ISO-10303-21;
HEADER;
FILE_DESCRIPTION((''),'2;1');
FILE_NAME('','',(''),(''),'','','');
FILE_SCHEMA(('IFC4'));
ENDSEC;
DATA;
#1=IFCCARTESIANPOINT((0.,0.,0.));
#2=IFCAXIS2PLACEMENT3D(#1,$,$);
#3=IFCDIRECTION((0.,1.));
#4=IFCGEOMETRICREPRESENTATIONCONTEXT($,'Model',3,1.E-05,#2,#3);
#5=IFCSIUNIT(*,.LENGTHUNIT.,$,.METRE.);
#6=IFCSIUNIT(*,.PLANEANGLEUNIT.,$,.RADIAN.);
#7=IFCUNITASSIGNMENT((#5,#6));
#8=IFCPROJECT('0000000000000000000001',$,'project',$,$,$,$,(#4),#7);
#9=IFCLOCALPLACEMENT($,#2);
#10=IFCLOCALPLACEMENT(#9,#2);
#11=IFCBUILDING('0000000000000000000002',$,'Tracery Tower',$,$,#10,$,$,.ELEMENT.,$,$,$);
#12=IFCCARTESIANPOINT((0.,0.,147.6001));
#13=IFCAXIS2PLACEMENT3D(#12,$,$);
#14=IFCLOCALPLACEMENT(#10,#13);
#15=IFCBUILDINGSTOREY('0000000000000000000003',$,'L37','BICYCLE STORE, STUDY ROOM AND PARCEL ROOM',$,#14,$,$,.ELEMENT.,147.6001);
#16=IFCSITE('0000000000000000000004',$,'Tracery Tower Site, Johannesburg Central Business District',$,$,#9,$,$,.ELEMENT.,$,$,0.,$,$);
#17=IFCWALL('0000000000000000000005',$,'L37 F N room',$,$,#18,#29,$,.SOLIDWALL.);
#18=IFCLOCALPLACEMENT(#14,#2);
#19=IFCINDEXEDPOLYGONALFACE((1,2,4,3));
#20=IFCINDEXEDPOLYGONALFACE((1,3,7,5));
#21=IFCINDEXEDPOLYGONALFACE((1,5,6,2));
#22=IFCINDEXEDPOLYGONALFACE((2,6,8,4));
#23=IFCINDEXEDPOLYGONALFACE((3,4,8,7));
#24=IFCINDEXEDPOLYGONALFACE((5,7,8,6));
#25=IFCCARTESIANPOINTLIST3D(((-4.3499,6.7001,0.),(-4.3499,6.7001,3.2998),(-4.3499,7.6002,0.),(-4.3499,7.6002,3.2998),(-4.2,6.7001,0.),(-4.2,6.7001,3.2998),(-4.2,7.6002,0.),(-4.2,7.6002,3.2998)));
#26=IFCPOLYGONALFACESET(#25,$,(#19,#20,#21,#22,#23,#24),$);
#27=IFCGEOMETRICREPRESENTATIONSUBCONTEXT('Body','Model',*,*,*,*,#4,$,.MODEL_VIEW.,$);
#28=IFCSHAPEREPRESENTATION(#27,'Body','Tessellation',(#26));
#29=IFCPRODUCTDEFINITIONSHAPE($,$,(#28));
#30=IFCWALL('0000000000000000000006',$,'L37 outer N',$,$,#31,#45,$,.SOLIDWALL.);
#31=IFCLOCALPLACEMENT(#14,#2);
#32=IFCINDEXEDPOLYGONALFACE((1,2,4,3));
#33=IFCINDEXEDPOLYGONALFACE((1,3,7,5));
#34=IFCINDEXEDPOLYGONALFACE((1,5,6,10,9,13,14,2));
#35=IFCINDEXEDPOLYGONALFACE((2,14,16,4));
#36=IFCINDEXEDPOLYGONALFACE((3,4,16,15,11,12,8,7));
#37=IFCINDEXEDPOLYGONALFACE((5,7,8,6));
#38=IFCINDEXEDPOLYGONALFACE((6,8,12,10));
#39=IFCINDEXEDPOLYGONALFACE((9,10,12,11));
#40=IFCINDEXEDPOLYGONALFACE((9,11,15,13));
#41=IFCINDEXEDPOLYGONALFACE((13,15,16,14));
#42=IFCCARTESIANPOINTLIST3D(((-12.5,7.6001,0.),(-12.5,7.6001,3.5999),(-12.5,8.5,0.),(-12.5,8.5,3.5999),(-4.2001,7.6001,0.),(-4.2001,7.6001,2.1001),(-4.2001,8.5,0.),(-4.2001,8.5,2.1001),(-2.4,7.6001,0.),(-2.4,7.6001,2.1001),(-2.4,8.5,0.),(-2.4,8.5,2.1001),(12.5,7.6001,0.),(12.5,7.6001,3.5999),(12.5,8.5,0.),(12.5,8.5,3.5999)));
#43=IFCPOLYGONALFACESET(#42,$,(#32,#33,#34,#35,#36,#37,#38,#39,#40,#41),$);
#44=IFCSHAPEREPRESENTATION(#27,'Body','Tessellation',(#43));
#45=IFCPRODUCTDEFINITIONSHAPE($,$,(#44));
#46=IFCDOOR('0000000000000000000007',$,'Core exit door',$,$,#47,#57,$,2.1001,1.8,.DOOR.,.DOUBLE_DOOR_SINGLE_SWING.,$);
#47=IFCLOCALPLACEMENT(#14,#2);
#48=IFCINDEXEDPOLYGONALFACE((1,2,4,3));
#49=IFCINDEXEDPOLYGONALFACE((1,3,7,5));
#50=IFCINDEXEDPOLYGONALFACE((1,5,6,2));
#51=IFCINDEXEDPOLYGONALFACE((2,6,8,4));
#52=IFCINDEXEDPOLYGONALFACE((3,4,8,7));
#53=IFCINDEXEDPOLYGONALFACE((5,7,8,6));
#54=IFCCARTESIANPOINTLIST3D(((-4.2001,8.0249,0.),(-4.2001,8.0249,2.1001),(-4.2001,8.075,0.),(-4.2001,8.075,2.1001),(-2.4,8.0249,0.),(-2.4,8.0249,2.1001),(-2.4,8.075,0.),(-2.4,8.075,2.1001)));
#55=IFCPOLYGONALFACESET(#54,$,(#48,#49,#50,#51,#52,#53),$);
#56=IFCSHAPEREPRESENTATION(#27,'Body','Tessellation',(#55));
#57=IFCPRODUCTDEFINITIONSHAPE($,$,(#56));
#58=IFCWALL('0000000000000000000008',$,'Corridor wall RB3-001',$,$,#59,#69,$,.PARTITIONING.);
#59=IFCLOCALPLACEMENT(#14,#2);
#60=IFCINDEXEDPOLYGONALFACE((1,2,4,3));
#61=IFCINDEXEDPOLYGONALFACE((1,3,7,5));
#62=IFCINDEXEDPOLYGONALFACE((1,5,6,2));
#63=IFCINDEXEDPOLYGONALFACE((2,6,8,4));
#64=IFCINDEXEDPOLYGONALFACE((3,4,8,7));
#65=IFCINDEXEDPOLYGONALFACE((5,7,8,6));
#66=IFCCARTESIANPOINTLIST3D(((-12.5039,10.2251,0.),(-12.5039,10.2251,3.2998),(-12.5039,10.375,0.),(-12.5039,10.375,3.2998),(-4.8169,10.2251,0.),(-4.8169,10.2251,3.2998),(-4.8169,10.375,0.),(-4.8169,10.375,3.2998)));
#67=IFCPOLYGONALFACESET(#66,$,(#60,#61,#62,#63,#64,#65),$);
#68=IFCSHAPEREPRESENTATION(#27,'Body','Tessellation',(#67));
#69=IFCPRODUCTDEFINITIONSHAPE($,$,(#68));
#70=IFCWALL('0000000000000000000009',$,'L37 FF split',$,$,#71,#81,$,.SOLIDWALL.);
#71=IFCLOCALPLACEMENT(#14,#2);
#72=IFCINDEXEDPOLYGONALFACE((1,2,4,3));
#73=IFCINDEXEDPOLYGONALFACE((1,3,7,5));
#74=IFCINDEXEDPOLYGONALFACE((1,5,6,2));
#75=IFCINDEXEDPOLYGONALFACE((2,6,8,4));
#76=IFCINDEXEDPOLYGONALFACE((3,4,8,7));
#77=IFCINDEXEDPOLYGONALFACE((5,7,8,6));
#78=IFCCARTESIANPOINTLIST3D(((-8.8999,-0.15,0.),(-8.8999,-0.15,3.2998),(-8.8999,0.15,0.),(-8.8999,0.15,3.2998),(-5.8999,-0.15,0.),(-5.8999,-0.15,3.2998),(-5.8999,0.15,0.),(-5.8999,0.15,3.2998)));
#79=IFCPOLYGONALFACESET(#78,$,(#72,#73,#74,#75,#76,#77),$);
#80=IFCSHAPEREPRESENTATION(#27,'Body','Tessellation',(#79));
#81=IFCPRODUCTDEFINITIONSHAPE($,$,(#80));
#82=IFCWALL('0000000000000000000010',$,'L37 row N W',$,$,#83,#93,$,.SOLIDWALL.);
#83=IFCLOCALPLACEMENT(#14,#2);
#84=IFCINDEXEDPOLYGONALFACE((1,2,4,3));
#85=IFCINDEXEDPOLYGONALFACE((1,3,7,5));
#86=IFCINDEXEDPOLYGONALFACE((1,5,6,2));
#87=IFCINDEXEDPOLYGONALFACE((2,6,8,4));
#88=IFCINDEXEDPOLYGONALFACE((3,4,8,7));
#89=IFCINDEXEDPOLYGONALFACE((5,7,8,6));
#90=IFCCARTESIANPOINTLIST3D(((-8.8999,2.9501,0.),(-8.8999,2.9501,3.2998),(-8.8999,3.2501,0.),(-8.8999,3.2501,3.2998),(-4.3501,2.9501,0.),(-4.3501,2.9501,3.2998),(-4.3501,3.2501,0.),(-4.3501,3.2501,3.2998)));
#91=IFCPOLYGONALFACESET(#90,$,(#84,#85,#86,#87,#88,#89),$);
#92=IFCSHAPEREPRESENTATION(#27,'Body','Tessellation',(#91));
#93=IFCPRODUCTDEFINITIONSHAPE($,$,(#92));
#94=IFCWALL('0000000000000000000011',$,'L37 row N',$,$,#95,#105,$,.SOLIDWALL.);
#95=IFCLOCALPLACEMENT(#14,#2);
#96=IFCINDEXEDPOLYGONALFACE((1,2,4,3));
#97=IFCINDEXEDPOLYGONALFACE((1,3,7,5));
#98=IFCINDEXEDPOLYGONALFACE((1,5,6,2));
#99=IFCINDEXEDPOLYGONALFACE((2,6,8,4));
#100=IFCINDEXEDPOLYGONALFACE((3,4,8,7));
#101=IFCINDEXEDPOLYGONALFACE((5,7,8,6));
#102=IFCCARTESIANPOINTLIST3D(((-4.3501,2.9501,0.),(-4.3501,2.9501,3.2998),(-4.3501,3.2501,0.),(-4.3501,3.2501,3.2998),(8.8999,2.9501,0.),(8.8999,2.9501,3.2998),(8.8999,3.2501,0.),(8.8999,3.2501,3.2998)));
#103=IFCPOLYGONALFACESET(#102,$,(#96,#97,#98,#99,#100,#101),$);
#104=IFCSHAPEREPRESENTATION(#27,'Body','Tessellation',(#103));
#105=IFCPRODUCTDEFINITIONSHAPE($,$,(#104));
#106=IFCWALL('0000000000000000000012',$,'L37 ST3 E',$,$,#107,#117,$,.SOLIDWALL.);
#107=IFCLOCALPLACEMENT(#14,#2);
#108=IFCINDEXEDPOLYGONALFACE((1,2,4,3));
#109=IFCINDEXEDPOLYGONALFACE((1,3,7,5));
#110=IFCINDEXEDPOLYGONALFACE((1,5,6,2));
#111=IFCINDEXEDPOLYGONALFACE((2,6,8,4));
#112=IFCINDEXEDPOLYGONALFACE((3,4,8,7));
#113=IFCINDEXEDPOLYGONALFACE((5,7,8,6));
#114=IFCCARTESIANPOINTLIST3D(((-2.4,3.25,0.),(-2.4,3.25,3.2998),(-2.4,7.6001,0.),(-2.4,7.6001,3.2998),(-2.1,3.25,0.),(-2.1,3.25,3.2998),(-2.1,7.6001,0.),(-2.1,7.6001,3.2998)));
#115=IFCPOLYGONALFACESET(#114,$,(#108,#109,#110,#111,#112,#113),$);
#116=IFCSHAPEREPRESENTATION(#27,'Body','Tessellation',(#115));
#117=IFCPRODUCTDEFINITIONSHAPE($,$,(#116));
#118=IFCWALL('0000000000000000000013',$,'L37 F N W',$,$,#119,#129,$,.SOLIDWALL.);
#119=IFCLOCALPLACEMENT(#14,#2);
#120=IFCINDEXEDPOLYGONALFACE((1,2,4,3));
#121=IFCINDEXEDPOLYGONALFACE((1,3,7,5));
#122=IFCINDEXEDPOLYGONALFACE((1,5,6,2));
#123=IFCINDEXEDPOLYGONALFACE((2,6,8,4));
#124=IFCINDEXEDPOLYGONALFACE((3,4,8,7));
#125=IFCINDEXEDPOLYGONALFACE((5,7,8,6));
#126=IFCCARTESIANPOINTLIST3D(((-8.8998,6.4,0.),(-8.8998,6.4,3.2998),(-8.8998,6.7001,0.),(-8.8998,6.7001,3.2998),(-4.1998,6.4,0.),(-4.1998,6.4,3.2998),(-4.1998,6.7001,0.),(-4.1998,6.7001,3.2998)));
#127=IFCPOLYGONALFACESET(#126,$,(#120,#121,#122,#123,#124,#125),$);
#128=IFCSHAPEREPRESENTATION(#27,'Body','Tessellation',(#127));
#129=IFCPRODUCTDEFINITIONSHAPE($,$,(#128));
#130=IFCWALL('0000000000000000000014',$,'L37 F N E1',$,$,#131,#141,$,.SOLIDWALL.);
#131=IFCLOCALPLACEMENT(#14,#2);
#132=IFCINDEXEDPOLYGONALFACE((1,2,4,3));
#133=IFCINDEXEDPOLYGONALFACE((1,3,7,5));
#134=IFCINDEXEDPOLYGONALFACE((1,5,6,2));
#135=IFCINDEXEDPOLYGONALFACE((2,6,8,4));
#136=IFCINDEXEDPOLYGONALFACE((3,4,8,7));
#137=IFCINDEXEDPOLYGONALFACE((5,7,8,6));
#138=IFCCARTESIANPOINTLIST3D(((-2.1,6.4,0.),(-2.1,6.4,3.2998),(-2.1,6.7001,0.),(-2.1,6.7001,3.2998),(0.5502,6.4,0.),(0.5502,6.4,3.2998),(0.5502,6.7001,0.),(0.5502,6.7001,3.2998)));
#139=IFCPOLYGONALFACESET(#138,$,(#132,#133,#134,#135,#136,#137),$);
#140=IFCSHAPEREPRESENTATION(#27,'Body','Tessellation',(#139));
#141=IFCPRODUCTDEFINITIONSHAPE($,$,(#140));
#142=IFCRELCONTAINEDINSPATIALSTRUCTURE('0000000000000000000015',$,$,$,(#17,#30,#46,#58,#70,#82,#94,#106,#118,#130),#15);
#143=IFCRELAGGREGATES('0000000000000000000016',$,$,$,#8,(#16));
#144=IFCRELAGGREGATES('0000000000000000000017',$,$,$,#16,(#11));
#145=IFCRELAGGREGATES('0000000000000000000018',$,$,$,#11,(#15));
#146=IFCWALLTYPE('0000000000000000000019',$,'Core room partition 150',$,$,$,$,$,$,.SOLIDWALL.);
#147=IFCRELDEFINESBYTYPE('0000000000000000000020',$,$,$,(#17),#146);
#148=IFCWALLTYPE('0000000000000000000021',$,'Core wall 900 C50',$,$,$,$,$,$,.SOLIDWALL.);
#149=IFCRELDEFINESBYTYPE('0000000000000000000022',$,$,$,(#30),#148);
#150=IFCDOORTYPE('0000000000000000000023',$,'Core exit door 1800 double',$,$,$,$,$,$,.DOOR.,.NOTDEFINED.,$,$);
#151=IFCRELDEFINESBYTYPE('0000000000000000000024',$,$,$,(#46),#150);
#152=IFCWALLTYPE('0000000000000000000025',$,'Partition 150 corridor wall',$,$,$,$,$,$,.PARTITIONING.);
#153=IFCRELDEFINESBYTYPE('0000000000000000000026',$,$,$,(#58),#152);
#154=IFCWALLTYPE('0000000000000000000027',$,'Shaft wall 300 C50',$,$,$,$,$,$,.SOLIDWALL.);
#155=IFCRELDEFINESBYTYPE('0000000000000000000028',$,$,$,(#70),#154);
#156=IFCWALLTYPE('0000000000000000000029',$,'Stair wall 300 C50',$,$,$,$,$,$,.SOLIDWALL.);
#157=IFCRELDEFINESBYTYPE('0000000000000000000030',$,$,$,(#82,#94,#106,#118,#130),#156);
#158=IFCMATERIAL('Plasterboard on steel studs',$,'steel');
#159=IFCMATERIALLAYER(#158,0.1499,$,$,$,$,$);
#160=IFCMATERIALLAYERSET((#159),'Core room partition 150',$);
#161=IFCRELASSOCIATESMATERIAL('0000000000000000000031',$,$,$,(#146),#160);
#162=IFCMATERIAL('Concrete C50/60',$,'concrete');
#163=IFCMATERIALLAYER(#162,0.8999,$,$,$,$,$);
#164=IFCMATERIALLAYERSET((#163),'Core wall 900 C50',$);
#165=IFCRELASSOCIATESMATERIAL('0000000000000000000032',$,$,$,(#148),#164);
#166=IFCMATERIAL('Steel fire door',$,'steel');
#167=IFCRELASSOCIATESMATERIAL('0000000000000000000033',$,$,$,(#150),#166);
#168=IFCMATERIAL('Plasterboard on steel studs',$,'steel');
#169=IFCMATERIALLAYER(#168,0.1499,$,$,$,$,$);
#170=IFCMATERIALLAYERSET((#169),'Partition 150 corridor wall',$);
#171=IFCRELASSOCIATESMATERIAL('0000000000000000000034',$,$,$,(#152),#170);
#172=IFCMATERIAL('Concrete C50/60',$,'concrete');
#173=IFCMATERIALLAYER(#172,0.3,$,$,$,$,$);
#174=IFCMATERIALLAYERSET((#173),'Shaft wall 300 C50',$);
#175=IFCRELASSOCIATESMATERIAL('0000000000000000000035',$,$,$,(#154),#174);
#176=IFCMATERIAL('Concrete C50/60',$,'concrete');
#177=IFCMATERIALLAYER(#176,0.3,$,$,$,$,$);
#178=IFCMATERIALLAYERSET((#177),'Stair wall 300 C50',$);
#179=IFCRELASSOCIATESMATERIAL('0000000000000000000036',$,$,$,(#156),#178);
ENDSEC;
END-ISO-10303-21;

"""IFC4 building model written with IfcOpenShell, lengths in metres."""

from ifc_helpers import new_model, si_unit, direction, frame, frame_2d, origin, place, context, subcontext, project, spatial, rectangle, extrude, material, layer, layer_set, type_object, element, fill, save


model = new_model("IFC4")

# Units and contexts
model_context = context("Model", 3, precision=1e-05, world=origin(), true_north=direction((0.0, 1.0)))
body_context = subcontext(model_context, "Body", "Model", "MODEL_VIEW")
ifc_project = project(units=[si_unit("LENGTHUNIT", "METRE"), si_unit("PLANEANGLEUNIT", "RADIAN")], contexts=[model_context])

# Site, building, storey
site_placement = place(None, origin())
site = spatial("IfcSite", under=ifc_project, at=site_placement, Name="Tracery Tower Site, Johannesburg Central Business District", CompositionType="ELEMENT", RefElevation=0.0)
building_placement = place(site_placement, origin())
building = spatial("IfcBuilding", under=site, at=building_placement, Name="Tracery Tower", CompositionType="ELEMENT")
storey_placement = place(building_placement, frame((0.0, 0.0, 147.6001)))
storey = spatial("IfcBuildingStorey", under=building, at=storey_placement, Name="L37", Description="BICYCLE STORE, STUDY ROOM AND PARCEL ROOM", CompositionType="ELEMENT", Elevation=147.6001)

# Wall
ifc_material_1 = material(Name="Plasterboard on steel studs", Category="steel")
ifc_layer_1 = layer(ifc_material_1, 0.1499)
ifc_layer_set_1 = layer_set([ifc_layer_1], Name="Core room partition 150")
wall_type_1 = type_object("IfcWallType", Name="Core room partition 150", PredefinedType="SOLIDWALL", material=ifc_layer_set_1)
wall_1_placement = place(storey_placement, frame((-4.2749, 6.7, 0.0), z_axis=(0.0, 0.0, 1.0), x_axis=(0.0, 1.0, 0.0)))
element("IfcWall", 1, at=wall_1_placement, inside=storey, type_object=wall_type_1, Name="L37 F N room", PredefinedType="SOLIDWALL", context=body_context, shape_type="SweptSolid", body=[
    extrude(rectangle(XDim=0.9001, YDim=0.1499, at=frame_2d((0.4502, 0.0))), origin(), (0.0, 0.0, 1.0), 3.2998),
])

# Wall, opening, door
ifc_material_2 = material(Name="Concrete C50/60", Category="concrete")
ifc_layer_2 = layer(ifc_material_2, 0.8999)
ifc_layer_set_2 = layer_set([ifc_layer_2], Name="Core wall 900 C50")
wall_type_2 = type_object("IfcWallType", Name="Core wall 900 C50", PredefinedType="SOLIDWALL", material=ifc_layer_set_2)
wall_2_placement = place(storey_placement, frame((-12.5, 8.05, 0.0), z_axis=(0.0, 0.0, 1.0), x_axis=(1.0, 0.0, 0.0)))
wall_2 = element("IfcWall", 2, at=wall_2_placement, inside=storey, type_object=wall_type_2, Name="L37 outer N", PredefinedType="SOLIDWALL", context=body_context, shape_type="SweptSolid", body=[
    extrude(rectangle(XDim=25.0, YDim=0.8999, at=frame_2d((12.5, 0.0))), origin(), (0.0, 0.0, 1.0), 3.5999),
])
opening_1_placement = place(wall_2_placement, frame((8.3, 0.0, 0.0)))
opening_1 = element("IfcOpeningElement", 3, at=opening_1_placement, cuts=wall_2, PredefinedType="OPENING", context=body_context, shape_type="SweptSolid", body=[
    extrude(rectangle(XDim=1.8, YDim=2.1001, at=frame_2d((0.8999, 1.05))), frame((0.0, 0.45, 0.0), z_axis=(0.0, -1.0, 0.0), x_axis=(1.0, 0.0, 0.0)), (0.0, 0.0, 1.0), 0.8999),
])
ifc_material_3 = material(Name="Steel fire door", Category="steel")
door_type_1 = type_object("IfcDoorType", Name="Core exit door 1800 double", OperationType="NOTDEFINED", PredefinedType="DOOR", material=ifc_material_3)
door_1_placement = place(opening_1_placement, origin())
door_1 = element("IfcDoor", 4, at=door_1_placement, inside=storey, type_object=door_type_1, Name="Core exit door", OperationType="DOUBLE_DOOR_SINGLE_SWING", OverallHeight=2.1001, OverallWidth=1.8, PredefinedType="DOOR", context=body_context, shape_type="SweptSolid", body=[
    extrude(rectangle(XDim=1.8, YDim=2.1001, at=frame_2d((0.8999, 1.05))), frame((0.0, 0.0249, 0.0), z_axis=(0.0, -1.0, 0.0), x_axis=(1.0, 0.0, 0.0)), (0.0, 0.0, 1.0), 0.05),
])
fill(opening_1, door_1)

# Walls
ifc_material_4 = material(Name="Plasterboard on steel studs", Category="steel")
ifc_layer_3 = layer(ifc_material_4, 0.1499)
ifc_layer_set_3 = layer_set([ifc_layer_3], Name="Partition 150 corridor wall")
wall_type_3 = type_object("IfcWallType", Name="Partition 150 corridor wall", PredefinedType="PARTITIONING", material=ifc_layer_set_3)
wall_3_placement = place(storey_placement, frame((-12.5039, 10.3, 0.0), z_axis=(0.0, 0.0, 1.0), x_axis=(1.0, 0.0, 0.0)))
element("IfcWall", 5, at=wall_3_placement, inside=storey, type_object=wall_type_3, Name="Corridor wall RB3-001", PredefinedType="PARTITIONING", context=body_context, shape_type="SweptSolid", body=[
    extrude(rectangle(XDim=7.687, YDim=0.1499, at=frame_2d((3.8435, 0.0))), origin(), (0.0, 0.0, 1.0), 3.2998),
])
ifc_material_5 = material(Name="Concrete C50/60", Category="concrete")
ifc_layer_4 = layer(ifc_material_5, 0.3)
ifc_layer_set_4 = layer_set([ifc_layer_4], Name="Shaft wall 300 C50")
wall_type_4 = type_object("IfcWallType", Name="Shaft wall 300 C50", PredefinedType="SOLIDWALL", material=ifc_layer_set_4)
wall_4_placement = place(storey_placement, frame((-8.8999, 0.0, 0.0), z_axis=(0.0, 0.0, 1.0), x_axis=(1.0, 0.0, 0.0)))
element("IfcWall", 6, at=wall_4_placement, inside=storey, type_object=wall_type_4, Name="L37 FF split", PredefinedType="SOLIDWALL", context=body_context, shape_type="SweptSolid", body=[
    extrude(rectangle(XDim=3.0, YDim=0.3, at=frame_2d((1.5, 0.0))), origin(), (0.0, 0.0, 1.0), 3.2998),
])

# Walls
ifc_material_6 = material(Name="Concrete C50/60", Category="concrete")
ifc_layer_5 = layer(ifc_material_6, 0.3)
ifc_layer_set_5 = layer_set([ifc_layer_5], Name="Stair wall 300 C50")
wall_type_5 = type_object("IfcWallType", Name="Stair wall 300 C50", PredefinedType="SOLIDWALL", material=ifc_layer_set_5)
wall_5_placement = place(storey_placement, frame((-8.8999, 3.1001, 0.0), z_axis=(0.0, 0.0, 1.0), x_axis=(1.0, 0.0, 0.0)))
element("IfcWall", 7, at=wall_5_placement, inside=storey, type_object=wall_type_5, Name="L37 row N W", PredefinedType="SOLIDWALL", context=body_context, shape_type="SweptSolid", body=[
    extrude(rectangle(XDim=4.5498, YDim=0.3, at=frame_2d((2.2749, 0.0))), origin(), (0.0, 0.0, 1.0), 3.2998),
])
wall_6_placement = place(storey_placement, frame((-4.3501, 3.1001, 0.0), z_axis=(0.0, 0.0, 1.0), x_axis=(1.0, 0.0, 0.0)))
element("IfcWall", 8, at=wall_6_placement, inside=storey, type_object=wall_type_5, Name="L37 row N", PredefinedType="SOLIDWALL", context=body_context, shape_type="SweptSolid", body=[
    extrude(rectangle(XDim=13.25, YDim=0.3, at=frame_2d((6.625, 0.0))), origin(), (0.0, 0.0, 1.0), 3.2998),
])
wall_7_placement = place(storey_placement, frame((-2.25, 3.25, 0.0), z_axis=(0.0, 0.0, 1.0), x_axis=(0.0, 1.0, 0.0)))
element("IfcWall", 9, at=wall_7_placement, inside=storey, type_object=wall_type_5, Name="L37 ST3 E", PredefinedType="SOLIDWALL", context=body_context, shape_type="SweptSolid", body=[
    extrude(rectangle(XDim=4.3501, YDim=0.3, at=frame_2d((2.175, 0.0))), origin(), (0.0, 0.0, 1.0), 3.2998),
])
wall_8_placement = place(storey_placement, frame((-8.8999, 6.55, 0.0), z_axis=(0.0, 0.0, 1.0), x_axis=(1.0, 0.0, 0.0)))
element("IfcWall", 10, at=wall_8_placement, inside=storey, type_object=wall_type_5, Name="L37 F N W", PredefinedType="SOLIDWALL", context=body_context, shape_type="SweptSolid", body=[
    extrude(rectangle(XDim=4.7, YDim=0.3, at=frame_2d((2.3501, 0.0))), origin(), (0.0, 0.0, 1.0), 3.2998),
])

# Wall
wall_9_placement = place(storey_placement, frame((-2.1001, 6.55, 0.0), z_axis=(0.0, 0.0, 1.0), x_axis=(1.0, 0.0, 0.0)))
element("IfcWall", 11, at=wall_9_placement, inside=storey, type_object=wall_type_5, Name="L37 F N E1", PredefinedType="SOLIDWALL", context=body_context, shape_type="SweptSolid", body=[
    extrude(rectangle(XDim=2.6501, YDim=0.3, at=frame_2d((1.3252, 0.0))), origin(), (0.0, 0.0, 1.0), 3.2998),
])

save(model, "model.ifc")
